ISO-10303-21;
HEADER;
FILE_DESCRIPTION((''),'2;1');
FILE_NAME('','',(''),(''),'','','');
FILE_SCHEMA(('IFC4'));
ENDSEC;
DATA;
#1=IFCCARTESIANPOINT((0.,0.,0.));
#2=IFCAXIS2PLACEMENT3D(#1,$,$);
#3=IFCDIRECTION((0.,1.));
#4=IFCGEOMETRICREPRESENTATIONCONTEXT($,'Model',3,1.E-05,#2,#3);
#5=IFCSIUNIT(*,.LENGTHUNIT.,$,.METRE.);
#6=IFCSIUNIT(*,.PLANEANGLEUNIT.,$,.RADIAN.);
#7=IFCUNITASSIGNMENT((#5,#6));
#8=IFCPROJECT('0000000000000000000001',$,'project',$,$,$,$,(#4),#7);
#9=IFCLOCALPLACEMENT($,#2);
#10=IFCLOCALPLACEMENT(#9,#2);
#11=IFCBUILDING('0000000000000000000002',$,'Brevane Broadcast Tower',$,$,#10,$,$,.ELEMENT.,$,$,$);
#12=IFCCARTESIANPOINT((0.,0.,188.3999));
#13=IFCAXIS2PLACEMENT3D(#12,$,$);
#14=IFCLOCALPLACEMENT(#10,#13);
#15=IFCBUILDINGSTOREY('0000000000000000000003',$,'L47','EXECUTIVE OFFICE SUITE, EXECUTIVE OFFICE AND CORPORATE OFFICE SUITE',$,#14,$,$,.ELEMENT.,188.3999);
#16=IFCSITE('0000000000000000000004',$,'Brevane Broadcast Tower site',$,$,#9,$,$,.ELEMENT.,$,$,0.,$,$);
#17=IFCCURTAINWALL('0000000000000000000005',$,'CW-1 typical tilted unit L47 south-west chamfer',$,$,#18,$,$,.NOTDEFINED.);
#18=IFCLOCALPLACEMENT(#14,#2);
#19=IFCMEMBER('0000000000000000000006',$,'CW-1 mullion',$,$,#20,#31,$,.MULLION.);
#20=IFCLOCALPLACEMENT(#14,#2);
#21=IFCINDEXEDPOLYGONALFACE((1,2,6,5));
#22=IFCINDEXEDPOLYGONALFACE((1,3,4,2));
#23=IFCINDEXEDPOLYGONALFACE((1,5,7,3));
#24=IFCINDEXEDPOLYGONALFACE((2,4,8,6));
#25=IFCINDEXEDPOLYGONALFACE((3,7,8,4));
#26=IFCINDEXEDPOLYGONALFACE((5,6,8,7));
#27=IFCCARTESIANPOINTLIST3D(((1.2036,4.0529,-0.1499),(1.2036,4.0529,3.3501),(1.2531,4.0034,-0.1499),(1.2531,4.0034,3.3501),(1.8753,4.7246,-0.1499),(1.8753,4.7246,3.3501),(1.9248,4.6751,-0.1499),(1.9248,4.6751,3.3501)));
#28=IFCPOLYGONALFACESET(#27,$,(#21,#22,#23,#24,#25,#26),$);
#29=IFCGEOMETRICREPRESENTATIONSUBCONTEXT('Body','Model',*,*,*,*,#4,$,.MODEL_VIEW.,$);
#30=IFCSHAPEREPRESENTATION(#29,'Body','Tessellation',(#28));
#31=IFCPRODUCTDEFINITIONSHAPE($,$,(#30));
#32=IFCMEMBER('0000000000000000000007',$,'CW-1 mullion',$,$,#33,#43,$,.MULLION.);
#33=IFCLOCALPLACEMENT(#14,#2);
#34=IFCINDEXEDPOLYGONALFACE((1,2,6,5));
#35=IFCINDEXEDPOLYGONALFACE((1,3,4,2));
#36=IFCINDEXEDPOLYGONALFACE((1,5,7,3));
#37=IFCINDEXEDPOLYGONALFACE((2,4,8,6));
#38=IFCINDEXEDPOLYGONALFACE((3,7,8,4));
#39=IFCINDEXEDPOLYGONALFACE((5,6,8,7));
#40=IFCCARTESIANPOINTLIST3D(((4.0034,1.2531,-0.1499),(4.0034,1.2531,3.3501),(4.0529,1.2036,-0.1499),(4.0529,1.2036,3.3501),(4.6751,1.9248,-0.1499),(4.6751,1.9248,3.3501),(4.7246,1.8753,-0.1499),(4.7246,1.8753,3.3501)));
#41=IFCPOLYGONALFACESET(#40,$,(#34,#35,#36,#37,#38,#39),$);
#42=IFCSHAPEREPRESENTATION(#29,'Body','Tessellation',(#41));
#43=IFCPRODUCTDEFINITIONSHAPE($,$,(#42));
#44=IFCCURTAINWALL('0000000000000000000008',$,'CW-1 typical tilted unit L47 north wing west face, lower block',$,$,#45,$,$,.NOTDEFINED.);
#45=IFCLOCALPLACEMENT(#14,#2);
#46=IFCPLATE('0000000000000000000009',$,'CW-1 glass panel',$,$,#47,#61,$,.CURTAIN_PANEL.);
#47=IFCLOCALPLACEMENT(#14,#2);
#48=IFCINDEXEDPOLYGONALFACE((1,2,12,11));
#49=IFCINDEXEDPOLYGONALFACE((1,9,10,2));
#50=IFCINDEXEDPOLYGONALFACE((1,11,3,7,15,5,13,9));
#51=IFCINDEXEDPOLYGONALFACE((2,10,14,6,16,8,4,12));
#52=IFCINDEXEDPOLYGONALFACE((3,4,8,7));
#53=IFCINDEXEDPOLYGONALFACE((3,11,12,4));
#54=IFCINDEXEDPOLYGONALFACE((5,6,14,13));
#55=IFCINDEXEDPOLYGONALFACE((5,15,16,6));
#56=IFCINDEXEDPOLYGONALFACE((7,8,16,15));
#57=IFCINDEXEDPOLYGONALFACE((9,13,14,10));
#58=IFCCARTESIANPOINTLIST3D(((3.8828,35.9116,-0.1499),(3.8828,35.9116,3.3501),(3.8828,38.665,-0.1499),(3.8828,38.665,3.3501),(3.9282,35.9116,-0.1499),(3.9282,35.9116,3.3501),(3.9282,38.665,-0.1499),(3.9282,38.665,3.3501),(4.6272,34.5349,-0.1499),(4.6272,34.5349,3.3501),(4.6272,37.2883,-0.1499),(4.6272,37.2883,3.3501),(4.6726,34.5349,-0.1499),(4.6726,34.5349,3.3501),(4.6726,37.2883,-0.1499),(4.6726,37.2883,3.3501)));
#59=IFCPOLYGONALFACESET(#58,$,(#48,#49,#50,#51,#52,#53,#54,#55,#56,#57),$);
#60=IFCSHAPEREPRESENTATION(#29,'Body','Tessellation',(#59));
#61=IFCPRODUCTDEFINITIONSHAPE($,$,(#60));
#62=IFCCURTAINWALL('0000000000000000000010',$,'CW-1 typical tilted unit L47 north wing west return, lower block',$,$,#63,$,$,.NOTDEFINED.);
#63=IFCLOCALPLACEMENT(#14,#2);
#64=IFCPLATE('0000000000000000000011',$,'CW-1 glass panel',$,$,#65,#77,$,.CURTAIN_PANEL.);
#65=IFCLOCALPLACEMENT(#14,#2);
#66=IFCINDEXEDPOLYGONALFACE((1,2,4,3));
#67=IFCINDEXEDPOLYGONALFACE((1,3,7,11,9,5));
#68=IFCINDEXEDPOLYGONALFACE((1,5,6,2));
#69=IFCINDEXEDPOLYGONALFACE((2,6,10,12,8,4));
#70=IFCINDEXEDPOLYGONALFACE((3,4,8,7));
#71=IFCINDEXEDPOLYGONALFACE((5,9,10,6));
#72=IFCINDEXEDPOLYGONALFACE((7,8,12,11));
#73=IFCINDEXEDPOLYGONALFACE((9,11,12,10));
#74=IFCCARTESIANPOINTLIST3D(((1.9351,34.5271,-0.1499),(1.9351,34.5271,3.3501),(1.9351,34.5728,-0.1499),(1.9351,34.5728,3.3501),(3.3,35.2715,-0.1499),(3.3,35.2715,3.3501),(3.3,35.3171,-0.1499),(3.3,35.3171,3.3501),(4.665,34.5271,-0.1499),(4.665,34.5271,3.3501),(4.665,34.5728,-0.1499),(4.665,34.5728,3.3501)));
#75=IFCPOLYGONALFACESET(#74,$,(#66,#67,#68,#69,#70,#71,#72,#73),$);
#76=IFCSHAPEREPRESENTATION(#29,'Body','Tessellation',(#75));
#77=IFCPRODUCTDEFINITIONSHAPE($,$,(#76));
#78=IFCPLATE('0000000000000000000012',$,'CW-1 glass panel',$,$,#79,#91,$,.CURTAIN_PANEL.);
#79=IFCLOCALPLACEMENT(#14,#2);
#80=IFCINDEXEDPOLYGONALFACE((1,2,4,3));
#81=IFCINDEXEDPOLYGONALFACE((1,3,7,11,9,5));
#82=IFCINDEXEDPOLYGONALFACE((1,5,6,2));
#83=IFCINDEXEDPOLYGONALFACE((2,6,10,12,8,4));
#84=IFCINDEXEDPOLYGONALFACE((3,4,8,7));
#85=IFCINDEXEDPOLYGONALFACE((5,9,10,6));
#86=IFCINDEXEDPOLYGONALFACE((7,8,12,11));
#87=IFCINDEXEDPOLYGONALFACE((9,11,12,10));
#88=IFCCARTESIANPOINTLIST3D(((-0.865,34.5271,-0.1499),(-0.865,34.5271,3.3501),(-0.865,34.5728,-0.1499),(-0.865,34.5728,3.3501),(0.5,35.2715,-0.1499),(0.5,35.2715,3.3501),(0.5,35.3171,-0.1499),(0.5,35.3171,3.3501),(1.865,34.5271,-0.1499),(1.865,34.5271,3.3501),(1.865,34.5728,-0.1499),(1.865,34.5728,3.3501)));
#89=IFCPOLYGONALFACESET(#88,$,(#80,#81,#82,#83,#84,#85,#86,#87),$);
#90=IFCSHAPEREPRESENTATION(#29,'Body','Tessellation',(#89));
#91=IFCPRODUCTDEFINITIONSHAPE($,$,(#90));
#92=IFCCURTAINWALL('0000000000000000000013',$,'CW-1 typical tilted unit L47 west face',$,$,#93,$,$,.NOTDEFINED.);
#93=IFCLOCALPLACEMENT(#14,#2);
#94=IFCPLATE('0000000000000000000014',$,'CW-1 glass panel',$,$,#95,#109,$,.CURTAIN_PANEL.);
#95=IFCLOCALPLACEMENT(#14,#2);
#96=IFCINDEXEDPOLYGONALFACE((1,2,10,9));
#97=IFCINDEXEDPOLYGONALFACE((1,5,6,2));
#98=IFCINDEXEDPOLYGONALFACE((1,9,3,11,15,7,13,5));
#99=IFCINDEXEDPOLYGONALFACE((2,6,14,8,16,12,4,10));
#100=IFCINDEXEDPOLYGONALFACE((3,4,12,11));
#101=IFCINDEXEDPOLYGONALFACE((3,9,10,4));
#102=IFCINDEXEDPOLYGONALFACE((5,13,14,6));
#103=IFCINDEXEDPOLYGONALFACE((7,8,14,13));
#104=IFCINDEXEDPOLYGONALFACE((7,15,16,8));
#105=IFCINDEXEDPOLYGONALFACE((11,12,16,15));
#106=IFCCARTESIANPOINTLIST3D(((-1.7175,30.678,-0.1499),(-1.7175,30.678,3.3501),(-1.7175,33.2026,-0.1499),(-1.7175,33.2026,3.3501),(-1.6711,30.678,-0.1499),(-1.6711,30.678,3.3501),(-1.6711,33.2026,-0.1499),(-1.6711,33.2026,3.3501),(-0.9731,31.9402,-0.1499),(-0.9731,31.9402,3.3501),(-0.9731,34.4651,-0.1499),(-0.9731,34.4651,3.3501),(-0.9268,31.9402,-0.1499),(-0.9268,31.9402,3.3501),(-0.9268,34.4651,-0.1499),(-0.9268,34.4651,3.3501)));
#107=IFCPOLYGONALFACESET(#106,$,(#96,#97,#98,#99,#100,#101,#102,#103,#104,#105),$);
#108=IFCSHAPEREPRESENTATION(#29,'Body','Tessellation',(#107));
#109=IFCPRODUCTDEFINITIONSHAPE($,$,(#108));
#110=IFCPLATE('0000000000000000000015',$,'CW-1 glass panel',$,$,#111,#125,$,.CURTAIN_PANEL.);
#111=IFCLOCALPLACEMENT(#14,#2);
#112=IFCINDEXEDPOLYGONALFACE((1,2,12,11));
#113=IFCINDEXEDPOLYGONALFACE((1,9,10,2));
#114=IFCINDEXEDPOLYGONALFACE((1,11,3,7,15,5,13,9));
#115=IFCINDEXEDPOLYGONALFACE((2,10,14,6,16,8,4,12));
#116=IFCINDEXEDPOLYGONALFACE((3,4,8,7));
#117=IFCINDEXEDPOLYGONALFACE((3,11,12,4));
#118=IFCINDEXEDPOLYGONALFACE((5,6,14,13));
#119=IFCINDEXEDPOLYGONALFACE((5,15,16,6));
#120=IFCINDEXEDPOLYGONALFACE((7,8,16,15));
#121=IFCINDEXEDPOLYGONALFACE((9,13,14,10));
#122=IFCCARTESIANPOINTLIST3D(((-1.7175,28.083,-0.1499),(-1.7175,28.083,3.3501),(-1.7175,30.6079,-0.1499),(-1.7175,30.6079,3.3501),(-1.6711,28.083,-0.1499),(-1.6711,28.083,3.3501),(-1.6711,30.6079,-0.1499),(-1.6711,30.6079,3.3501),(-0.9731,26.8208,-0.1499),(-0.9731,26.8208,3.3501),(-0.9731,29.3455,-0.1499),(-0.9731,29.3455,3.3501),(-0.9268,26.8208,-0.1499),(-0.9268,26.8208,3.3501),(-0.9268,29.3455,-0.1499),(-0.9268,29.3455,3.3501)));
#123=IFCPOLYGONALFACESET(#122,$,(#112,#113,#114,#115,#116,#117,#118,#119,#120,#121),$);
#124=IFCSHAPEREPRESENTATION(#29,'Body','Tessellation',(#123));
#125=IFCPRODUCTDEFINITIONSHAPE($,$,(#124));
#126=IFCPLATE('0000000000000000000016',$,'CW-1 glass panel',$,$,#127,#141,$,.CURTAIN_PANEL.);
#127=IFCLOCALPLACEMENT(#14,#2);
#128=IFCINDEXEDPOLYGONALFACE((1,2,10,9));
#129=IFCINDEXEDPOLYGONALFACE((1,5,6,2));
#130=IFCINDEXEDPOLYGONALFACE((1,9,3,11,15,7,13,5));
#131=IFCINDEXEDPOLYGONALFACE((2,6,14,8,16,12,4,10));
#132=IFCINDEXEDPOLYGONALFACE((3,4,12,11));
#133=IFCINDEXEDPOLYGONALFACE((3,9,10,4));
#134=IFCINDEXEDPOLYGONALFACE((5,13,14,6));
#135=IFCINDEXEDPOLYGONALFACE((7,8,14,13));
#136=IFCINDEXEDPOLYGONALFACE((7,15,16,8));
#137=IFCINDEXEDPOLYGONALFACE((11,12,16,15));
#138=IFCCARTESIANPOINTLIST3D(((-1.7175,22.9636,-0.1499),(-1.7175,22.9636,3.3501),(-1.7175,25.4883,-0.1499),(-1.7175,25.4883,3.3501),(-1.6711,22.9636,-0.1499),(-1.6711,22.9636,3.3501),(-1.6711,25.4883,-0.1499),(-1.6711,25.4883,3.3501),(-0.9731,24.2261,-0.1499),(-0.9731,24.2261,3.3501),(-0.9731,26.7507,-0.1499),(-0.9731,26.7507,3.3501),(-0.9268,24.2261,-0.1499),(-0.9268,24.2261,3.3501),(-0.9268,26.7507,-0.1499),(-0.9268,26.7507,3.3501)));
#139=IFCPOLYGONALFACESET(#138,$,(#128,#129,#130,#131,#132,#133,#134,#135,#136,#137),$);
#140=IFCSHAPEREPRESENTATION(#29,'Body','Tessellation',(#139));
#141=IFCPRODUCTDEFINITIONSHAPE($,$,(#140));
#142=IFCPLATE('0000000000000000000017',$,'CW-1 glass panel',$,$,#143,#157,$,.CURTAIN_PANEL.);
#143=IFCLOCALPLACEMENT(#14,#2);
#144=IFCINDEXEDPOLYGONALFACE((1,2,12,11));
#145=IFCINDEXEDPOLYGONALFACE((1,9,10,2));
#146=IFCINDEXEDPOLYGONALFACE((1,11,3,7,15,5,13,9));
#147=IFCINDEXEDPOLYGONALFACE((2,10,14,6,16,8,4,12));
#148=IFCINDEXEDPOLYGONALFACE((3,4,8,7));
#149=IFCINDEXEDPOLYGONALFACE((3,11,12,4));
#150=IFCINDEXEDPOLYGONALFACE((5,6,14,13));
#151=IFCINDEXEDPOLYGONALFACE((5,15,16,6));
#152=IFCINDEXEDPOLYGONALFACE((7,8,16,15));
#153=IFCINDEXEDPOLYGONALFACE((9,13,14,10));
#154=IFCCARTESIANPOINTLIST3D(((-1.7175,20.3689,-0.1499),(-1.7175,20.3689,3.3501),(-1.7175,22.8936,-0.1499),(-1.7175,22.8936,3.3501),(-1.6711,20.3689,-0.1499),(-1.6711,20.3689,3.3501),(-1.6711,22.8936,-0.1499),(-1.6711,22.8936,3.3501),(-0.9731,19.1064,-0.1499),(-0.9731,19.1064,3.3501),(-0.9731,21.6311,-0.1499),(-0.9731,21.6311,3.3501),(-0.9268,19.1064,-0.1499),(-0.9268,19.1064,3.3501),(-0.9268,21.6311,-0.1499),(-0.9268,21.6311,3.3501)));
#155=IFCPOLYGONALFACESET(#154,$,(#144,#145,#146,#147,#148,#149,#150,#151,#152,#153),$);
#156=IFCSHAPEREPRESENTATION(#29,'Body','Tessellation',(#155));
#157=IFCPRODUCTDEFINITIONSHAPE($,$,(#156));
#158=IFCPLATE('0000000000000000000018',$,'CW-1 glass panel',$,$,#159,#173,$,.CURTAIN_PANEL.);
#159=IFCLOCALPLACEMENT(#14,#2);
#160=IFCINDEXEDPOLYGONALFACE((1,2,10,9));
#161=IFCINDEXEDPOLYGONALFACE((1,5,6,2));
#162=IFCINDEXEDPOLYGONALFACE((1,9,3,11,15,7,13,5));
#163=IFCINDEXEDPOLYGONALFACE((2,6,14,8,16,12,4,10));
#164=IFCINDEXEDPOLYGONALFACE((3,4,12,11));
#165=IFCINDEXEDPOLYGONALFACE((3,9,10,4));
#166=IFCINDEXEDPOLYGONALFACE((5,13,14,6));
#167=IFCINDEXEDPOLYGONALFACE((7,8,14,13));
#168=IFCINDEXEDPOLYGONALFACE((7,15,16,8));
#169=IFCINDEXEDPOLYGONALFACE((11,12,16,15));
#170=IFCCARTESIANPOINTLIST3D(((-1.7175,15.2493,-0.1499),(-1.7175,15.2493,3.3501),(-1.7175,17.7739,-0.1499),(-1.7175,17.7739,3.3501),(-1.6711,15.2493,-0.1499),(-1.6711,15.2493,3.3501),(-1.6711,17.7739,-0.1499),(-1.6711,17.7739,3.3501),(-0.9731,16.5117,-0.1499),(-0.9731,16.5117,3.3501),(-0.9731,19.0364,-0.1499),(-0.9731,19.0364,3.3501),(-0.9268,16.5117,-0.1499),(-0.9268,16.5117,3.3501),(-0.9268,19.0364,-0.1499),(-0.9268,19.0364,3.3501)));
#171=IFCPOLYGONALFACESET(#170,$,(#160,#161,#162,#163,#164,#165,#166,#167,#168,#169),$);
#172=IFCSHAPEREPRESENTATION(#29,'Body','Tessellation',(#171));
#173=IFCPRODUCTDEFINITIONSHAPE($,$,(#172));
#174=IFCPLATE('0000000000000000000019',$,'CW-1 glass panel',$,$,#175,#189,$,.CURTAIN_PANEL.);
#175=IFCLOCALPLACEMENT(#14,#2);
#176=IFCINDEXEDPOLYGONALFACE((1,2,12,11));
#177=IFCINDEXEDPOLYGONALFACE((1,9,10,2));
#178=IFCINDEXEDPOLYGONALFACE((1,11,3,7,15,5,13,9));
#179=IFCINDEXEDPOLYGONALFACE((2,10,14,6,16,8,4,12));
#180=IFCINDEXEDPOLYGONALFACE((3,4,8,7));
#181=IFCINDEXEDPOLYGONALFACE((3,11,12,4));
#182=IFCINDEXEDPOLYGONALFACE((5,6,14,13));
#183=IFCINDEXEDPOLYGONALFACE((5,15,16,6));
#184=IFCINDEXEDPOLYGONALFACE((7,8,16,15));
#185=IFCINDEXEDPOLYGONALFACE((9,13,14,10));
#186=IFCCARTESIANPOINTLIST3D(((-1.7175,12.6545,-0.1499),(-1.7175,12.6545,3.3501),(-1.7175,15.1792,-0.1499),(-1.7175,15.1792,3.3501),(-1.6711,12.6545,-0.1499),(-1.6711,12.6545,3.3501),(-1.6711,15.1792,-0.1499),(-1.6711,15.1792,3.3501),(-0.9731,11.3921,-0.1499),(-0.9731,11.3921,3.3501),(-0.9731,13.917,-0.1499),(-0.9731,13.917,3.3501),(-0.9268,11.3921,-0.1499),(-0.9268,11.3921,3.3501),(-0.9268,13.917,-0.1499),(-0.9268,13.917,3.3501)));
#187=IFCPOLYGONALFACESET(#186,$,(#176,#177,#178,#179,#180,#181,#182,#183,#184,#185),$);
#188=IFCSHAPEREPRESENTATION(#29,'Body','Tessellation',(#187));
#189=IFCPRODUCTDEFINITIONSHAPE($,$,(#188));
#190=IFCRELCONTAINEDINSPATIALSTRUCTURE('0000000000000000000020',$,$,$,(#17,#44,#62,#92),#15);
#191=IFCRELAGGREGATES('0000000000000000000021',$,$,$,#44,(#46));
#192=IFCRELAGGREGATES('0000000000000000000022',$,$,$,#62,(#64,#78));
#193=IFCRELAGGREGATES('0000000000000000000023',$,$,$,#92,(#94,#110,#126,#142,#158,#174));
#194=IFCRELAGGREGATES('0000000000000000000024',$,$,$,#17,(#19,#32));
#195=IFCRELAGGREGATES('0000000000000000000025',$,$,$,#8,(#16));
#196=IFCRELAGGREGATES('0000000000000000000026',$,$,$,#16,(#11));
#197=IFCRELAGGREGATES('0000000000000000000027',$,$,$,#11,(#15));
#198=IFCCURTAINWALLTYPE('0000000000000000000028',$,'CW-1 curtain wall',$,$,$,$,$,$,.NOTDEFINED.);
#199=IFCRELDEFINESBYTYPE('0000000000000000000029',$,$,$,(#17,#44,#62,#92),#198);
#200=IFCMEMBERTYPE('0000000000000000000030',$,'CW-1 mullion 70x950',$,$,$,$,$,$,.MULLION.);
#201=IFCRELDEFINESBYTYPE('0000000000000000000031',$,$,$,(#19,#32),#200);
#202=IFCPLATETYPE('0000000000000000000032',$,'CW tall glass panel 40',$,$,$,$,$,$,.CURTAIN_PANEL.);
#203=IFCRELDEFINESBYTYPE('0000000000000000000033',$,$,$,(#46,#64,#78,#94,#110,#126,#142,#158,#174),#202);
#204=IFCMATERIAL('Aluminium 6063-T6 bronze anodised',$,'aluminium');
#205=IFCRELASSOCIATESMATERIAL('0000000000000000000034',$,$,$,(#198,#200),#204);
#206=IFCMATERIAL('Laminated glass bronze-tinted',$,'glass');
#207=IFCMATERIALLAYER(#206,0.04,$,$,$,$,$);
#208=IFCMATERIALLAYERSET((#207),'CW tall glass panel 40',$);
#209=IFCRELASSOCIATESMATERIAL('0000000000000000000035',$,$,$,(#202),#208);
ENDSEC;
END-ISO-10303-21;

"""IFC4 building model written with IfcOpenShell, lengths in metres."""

from ifc_helpers import new_model, si_unit, direction, frame, origin, origin_2d, place, context, subcontext, project, spatial, polyline, rectangle, outline, extrude, material, layer, layer_set, material_profile, profile_set, type_object, element, aggregate, save


model = new_model("IFC4")

# Units and contexts
model_context = context("Model", 3, precision=1e-05, world=origin(), true_north=direction((0.0, 1.0)))
body_context = subcontext(model_context, "Body", "Model", "MODEL_VIEW")
ifc_project = project(units=[si_unit("LENGTHUNIT", "METRE"), si_unit("PLANEANGLEUNIT", "RADIAN")], contexts=[model_context])

# Site, building, storey
site_placement = place(None, origin())
site = spatial("IfcSite", under=ifc_project, at=site_placement, Name="Brevane Broadcast Tower site", CompositionType="ELEMENT", RefElevation=0.0)
building_placement = place(site_placement, origin())
building = spatial("IfcBuilding", under=site, at=building_placement, Name="Brevane Broadcast Tower", CompositionType="ELEMENT")
storey_placement = place(building_placement, frame((0.0, 0.0, 188.3999)))
storey = spatial("IfcBuildingStorey", under=building, at=storey_placement, Name="L47", Description="EXECUTIVE OFFICE SUITE, EXECUTIVE OFFICE AND CORPORATE OFFICE SUITE", CompositionType="ELEMENT", Elevation=188.3999)

# Curtain wall, members
ifc_material_1 = material(Name="Aluminium 6063-T6 bronze anodised", Category="aluminium")
curtain_wall_type = type_object("IfcCurtainWallType", Name="CW-1 curtain wall", PredefinedType="NOTDEFINED", material=ifc_material_1)
curtain_wall_1_placement = place(storey_placement, origin())
curtain_wall_1 = element("IfcCurtainWall", 1, at=curtain_wall_1_placement, inside=storey, type_object=curtain_wall_type, Name="CW-1 typical tilted unit L47 south-west chamfer", PredefinedType="NOTDEFINED")
ifc_material_profile = material_profile(ifc_material_1, rectangle(XDim=0.95, YDim=0.0701, at=origin_2d()), Name="RECT 70x950")
ifc_profile_set = profile_set([ifc_material_profile], Name="Aluminium 6063-T6 bronze anodised")
member_type = type_object("IfcMemberType", Name="CW-1 mullion 70x950", PredefinedType="MULLION", material=ifc_profile_set)
member_1_placement = place(storey_placement, frame((1.5642, 4.364, -0.1499), z_axis=(0.0, 0.0, 1.0), x_axis=(0.707107, 0.707107, 0.0)))
member_1 = element("IfcMember", 2, at=member_1_placement, type_object=member_type, Name="CW-1 mullion", PredefinedType="MULLION", context=body_context, shape_type="SweptSolid", body=[
    extrude(rectangle(XDim=0.95, YDim=0.0701, at=origin_2d()), origin(), (0.0, 0.0, 1.0), 3.5),
])
member_2_placement = place(storey_placement, frame((4.364, 1.5642, -0.1499), z_axis=(0.0, 0.0, 1.0), x_axis=(0.707107, 0.707107, 0.0)))
member_2 = element("IfcMember", 3, at=member_2_placement, type_object=member_type, Name="CW-1 mullion", PredefinedType="MULLION", context=body_context, shape_type="SweptSolid", body=[
    extrude(rectangle(XDim=0.95, YDim=0.0701, at=origin_2d()), origin(), (0.0, 0.0, 1.0), 3.5),
])

# Curtain wall, plate
curtain_wall_2_placement = place(storey_placement, origin())
curtain_wall_2 = element("IfcCurtainWall", 4, at=curtain_wall_2_placement, inside=storey, type_object=curtain_wall_type, Name="CW-1 typical tilted unit L47 north wing west face, lower block", PredefinedType="NOTDEFINED")
ifc_material_2 = material(Name="Laminated glass bronze-tinted", Category="glass")
ifc_layer_1 = layer(ifc_material_2, 0.04)
ifc_layer_set_1 = layer_set([ifc_layer_1], Name="CW tall glass panel 40")
plate_type = type_object("IfcPlateType", Name="CW tall glass panel 40", PredefinedType="CURTAIN_PANEL", material=ifc_layer_set_1)
plate_1_placement = place(storey_placement, frame((0.0, 0.0, -0.1499)))
plate_1 = element("IfcPlate", 5, at=plate_1_placement, type_object=plate_type, Name="CW-1 glass panel", PredefinedType="CURTAIN_PANEL", context=body_context, shape_type="SweptSolid", body=[
    extrude(outline(polyline([(3.9282, 38.665), (3.8828, 38.665), (4.6272, 37.2883), (3.8828, 35.9116), (4.6272, 34.5349), (4.6726, 34.5349), (3.9282, 35.9116), (4.6726, 37.2883), (3.9282, 38.665)])), origin(), (0.0, 0.0, 1.0), 3.5),
])
aggregate(curtain_wall_2, [plate_1])

# Curtain walls, plates
curtain_wall_3_placement = place(storey_placement, origin())
curtain_wall_3 = element("IfcCurtainWall", 6, at=curtain_wall_3_placement, inside=storey, type_object=curtain_wall_type, Name="CW-1 typical tilted unit L47 north wing west return, lower block", PredefinedType="NOTDEFINED")
plate_2_placement = place(storey_placement, frame((0.0, 0.0, -0.1499)))
plate_2 = element("IfcPlate", 7, at=plate_2_placement, type_object=plate_type, Name="CW-1 glass panel", PredefinedType="CURTAIN_PANEL", context=body_context, shape_type="SweptSolid", body=[
    extrude(outline(polyline([(4.665, 34.5271), (4.665, 34.5728), (3.3, 35.3171), (1.9351, 34.5728), (1.9351, 34.5271), (3.3, 35.2715), (4.665, 34.5271)])), origin(), (0.0, 0.0, 1.0), 3.5),
])
plate_3_placement = place(storey_placement, frame((0.0, 0.0, -0.1499)))
plate_3 = element("IfcPlate", 8, at=plate_3_placement, type_object=plate_type, Name="CW-1 glass panel", PredefinedType="CURTAIN_PANEL", context=body_context, shape_type="SweptSolid", body=[
    extrude(outline(polyline([(1.865, 34.5271), (1.865, 34.5728), (0.5, 35.3171), (-0.865, 34.5728), (-0.865, 34.5271), (0.5, 35.2715), (1.865, 34.5271)])), origin(), (0.0, 0.0, 1.0), 3.5),
])
aggregate(curtain_wall_3, [plate_2, plate_3])
curtain_wall_4_placement = place(storey_placement, origin())
curtain_wall_4 = element("IfcCurtainWall", 9, at=curtain_wall_4_placement, inside=storey, type_object=curtain_wall_type, Name="CW-1 typical tilted unit L47 west face", PredefinedType="NOTDEFINED")
plate_4_placement = place(storey_placement, frame((0.0, 0.0, -0.1499)))
plate_4 = element("IfcPlate", 10, at=plate_4_placement, type_object=plate_type, Name="CW-1 glass panel", PredefinedType="CURTAIN_PANEL", context=body_context, shape_type="SweptSolid", body=[
    extrude(outline(polyline([(-0.9268, 34.4651), (-0.9731, 34.4651), (-1.7175, 33.2026), (-0.9731, 31.9402), (-1.7175, 30.678), (-1.6711, 30.678), (-0.9268, 31.9402), (-1.6711, 33.2026), (-0.9268, 34.4651)])), origin(), (0.0, 0.0, 1.0), 3.5),
])
plate_5_placement = place(storey_placement, frame((0.0, 0.0, -0.1499)))
plate_5 = element("IfcPlate", 11, at=plate_5_placement, type_object=plate_type, Name="CW-1 glass panel", PredefinedType="CURTAIN_PANEL", context=body_context, shape_type="SweptSolid", body=[
    extrude(outline(polyline([(-1.6711, 30.6079), (-1.7175, 30.6079), (-0.9731, 29.3455), (-1.7175, 28.083), (-0.9731, 26.8208), (-0.9268, 26.8208), (-1.6711, 28.083), (-0.9268, 29.3455), (-1.6711, 30.6079)])), origin(), (0.0, 0.0, 1.0), 3.5),
])
plate_6_placement = place(storey_placement, frame((0.0, 0.0, -0.1499)))
plate_6 = element("IfcPlate", 12, at=plate_6_placement, type_object=plate_type, Name="CW-1 glass panel", PredefinedType="CURTAIN_PANEL", context=body_context, shape_type="SweptSolid", body=[
    extrude(outline(polyline([(-0.9268, 26.7507), (-0.9731, 26.7507), (-1.7175, 25.4883), (-0.9731, 24.2261), (-1.7175, 22.9636), (-1.6711, 22.9636), (-0.9268, 24.2261), (-1.6711, 25.4883), (-0.9268, 26.7507)])), origin(), (0.0, 0.0, 1.0), 3.5),
])
plate_7_placement = place(storey_placement, frame((0.0, 0.0, -0.1499)))
plate_7 = element("IfcPlate", 13, at=plate_7_placement, type_object=plate_type, Name="CW-1 glass panel", PredefinedType="CURTAIN_PANEL", context=body_context, shape_type="SweptSolid", body=[
    extrude(outline(polyline([(-1.6711, 22.8936), (-1.7175, 22.8936), (-0.9731, 21.6311), (-1.7175, 20.3689), (-0.9731, 19.1064), (-0.9268, 19.1064), (-1.6711, 20.3689), (-0.9268, 21.6311), (-1.6711, 22.8936)])), origin(), (0.0, 0.0, 1.0), 3.5),
])
plate_8_placement = place(storey_placement, frame((0.0, 0.0, -0.1499)))
plate_8 = element("IfcPlate", 14, at=plate_8_placement, type_object=plate_type, Name="CW-1 glass panel", PredefinedType="CURTAIN_PANEL", context=body_context, shape_type="SweptSolid", body=[
    extrude(outline(polyline([(-0.9268, 19.0364), (-0.9731, 19.0364), (-1.7175, 17.7739), (-0.9731, 16.5117), (-1.7175, 15.2493), (-1.6711, 15.2493), (-0.9268, 16.5117), (-1.6711, 17.7739), (-0.9268, 19.0364)])), origin(), (0.0, 0.0, 1.0), 3.5),
])
plate_9_placement = place(storey_placement, frame((0.0, 0.0, -0.1499)))
plate_9 = element("IfcPlate", 15, at=plate_9_placement, type_object=plate_type, Name="CW-1 glass panel", PredefinedType="CURTAIN_PANEL", context=body_context, shape_type="SweptSolid", body=[
    extrude(outline(polyline([(-1.6711, 15.1792), (-1.7175, 15.1792), (-0.9731, 13.917), (-1.7175, 12.6545), (-0.9731, 11.3921), (-0.9268, 11.3921), (-1.6711, 12.6545), (-0.9268, 13.917), (-1.6711, 15.1792)])), origin(), (0.0, 0.0, 1.0), 3.5),
])
aggregate(curtain_wall_4, [plate_4, plate_5, plate_6, plate_7, plate_8, plate_9])

aggregate(curtain_wall_1, [member_1, member_2])

save(model, "model.ifc")
